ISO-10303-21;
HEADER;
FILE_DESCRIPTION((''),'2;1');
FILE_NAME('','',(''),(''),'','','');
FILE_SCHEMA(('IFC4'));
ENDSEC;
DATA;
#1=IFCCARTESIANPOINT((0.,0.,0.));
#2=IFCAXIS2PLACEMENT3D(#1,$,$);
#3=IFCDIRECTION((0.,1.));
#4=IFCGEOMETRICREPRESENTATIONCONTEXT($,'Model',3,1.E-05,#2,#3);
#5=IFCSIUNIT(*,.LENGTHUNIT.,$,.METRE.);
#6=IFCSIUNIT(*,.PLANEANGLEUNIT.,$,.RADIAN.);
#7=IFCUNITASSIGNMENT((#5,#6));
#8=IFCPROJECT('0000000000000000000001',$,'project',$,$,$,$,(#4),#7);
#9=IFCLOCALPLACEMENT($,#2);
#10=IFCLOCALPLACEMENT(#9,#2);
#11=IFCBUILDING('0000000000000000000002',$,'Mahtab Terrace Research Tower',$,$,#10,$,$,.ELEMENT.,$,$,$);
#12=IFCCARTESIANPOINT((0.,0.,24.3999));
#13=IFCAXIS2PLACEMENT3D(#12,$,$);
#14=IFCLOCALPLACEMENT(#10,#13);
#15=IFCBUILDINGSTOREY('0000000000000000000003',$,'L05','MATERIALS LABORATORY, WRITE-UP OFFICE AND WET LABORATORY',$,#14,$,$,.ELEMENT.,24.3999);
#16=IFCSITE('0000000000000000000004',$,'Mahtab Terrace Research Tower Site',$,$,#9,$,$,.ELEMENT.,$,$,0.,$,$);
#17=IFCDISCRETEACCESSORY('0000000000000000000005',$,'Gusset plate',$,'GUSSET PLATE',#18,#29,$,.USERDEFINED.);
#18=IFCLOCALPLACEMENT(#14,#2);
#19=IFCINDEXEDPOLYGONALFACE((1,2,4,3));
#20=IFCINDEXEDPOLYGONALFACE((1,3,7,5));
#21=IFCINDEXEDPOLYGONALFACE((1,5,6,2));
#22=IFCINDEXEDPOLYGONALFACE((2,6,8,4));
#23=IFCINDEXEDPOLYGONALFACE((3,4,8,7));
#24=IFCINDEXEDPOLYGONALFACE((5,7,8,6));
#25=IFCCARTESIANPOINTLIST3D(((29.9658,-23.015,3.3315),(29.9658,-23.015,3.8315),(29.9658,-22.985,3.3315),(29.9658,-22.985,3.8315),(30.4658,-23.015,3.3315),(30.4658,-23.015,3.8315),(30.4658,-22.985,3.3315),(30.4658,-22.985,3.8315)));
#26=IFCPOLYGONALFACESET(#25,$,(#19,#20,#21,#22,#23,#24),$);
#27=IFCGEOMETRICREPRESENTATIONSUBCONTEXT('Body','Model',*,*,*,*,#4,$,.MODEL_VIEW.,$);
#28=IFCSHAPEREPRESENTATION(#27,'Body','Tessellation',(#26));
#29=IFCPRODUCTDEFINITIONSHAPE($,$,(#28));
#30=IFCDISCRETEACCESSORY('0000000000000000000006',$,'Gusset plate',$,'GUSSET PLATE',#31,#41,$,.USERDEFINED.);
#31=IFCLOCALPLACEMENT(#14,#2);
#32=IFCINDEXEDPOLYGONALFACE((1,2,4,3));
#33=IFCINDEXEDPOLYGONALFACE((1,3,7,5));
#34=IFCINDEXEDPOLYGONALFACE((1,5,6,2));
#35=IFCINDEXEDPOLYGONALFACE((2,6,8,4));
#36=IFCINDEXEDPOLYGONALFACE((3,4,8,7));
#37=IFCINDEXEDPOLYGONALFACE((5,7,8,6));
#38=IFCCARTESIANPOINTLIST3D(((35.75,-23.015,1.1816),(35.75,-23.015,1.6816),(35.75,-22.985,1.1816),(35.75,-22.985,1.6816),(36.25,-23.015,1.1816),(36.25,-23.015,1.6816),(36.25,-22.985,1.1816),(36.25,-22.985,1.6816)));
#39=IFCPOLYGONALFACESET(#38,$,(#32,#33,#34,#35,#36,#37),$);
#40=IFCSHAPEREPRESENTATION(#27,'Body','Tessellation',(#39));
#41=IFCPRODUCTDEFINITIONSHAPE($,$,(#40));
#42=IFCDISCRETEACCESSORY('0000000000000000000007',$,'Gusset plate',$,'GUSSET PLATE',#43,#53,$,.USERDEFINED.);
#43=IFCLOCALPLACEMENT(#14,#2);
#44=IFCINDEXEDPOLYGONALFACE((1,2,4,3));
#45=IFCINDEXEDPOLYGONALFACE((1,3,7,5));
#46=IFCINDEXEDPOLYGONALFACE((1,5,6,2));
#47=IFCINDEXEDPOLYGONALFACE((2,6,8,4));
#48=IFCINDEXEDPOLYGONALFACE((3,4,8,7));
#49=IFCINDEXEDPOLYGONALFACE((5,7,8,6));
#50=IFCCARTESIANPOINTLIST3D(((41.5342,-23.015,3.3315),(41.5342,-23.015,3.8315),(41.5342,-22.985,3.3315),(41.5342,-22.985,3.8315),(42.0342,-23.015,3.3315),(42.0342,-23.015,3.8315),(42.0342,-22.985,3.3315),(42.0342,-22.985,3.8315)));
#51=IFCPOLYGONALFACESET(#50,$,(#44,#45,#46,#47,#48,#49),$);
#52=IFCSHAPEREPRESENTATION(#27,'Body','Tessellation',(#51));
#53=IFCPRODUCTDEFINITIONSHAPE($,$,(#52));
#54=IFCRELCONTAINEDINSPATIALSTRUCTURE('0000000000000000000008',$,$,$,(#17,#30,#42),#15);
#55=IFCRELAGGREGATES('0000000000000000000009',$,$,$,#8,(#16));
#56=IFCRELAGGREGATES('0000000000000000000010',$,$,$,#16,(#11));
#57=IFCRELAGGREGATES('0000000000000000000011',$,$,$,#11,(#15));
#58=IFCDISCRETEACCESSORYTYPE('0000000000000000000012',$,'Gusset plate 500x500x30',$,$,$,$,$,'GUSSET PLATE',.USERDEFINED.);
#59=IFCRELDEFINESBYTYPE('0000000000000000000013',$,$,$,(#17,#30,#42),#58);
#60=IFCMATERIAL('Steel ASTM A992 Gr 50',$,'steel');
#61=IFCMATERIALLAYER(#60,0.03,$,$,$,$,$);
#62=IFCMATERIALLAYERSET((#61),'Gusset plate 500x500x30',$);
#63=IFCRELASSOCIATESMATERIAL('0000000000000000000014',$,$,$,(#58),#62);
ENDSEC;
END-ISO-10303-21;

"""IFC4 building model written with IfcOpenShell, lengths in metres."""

from ifc_helpers import new_model, si_unit, direction, frame, origin, origin_2d, place, context, subcontext, project, spatial, rectangle, extrude, material, layer, layer_set, type_object, element, save


model = new_model("IFC4")

# Units and contexts
model_context = context("Model", 3, precision=1e-05, world=origin(), true_north=direction((0.0, 1.0)))
body_context = subcontext(model_context, "Body", "Model", "MODEL_VIEW")
ifc_project = project(units=[si_unit("LENGTHUNIT", "METRE"), si_unit("PLANEANGLEUNIT", "RADIAN")], contexts=[model_context])

# Site, building, storey
site_placement = place(None, origin())
site = spatial("IfcSite", under=ifc_project, at=site_placement, Name="Mahtab Terrace Research Tower Site", CompositionType="ELEMENT", RefElevation=0.0)
building_placement = place(site_placement, origin())
building = spatial("IfcBuilding", under=site, at=building_placement, Name="Mahtab Terrace Research Tower", CompositionType="ELEMENT")
storey_placement = place(building_placement, frame((0.0, 0.0, 24.3999)))
storey = spatial("IfcBuildingStorey", under=building, at=storey_placement, Name="L05", Description="MATERIALS LABORATORY, WRITE-UP OFFICE AND WET LABORATORY", CompositionType="ELEMENT", Elevation=24.3999)

# Shared definitions
ifc_material_1 = material(Name="Steel ASTM A992 Gr 50", Category="steel")

# Discrete accessories
ifc_layer_1 = layer(ifc_material_1, 0.03)
ifc_layer_set_1 = layer_set([ifc_layer_1], Name="Gusset plate 500x500x30")
discrete_accessory_type = type_object("IfcDiscreteAccessoryType", Name="Gusset plate 500x500x30", ElementType="GUSSET PLATE", PredefinedType="USERDEFINED", material=ifc_layer_set_1)
for number, where, z_axis, x_axis, name in (
    (1, (30.2158, -23.0, 3.3315), (0.0, 0.0, 1.0), (1.0, 0.0, 0.0), "Gusset plate"),
    (2, (36.0, -23.0, 1.1816), (0.0, 0.0, 1.0), (1.0, 0.0, 0.0), "Gusset plate"),
    (3, (41.7842, -23.0, 3.3315), (0.0, 0.0, 1.0), (1.0, 0.0, 0.0), "Gusset plate"),
):
    element("IfcDiscreteAccessory", number, at=place(storey_placement, frame(where, z_axis=z_axis, x_axis=x_axis)), inside=storey, type_object=discrete_accessory_type, Name=name, ObjectType="GUSSET PLATE", PredefinedType="USERDEFINED", context=body_context, shape_type="SweptSolid", body=[
        extrude(rectangle(XDim=0.5, YDim=0.03, at=origin_2d()), origin(), (0.0, 0.0, 1.0), 0.5),
    ])

save(model, "model.ifc")
